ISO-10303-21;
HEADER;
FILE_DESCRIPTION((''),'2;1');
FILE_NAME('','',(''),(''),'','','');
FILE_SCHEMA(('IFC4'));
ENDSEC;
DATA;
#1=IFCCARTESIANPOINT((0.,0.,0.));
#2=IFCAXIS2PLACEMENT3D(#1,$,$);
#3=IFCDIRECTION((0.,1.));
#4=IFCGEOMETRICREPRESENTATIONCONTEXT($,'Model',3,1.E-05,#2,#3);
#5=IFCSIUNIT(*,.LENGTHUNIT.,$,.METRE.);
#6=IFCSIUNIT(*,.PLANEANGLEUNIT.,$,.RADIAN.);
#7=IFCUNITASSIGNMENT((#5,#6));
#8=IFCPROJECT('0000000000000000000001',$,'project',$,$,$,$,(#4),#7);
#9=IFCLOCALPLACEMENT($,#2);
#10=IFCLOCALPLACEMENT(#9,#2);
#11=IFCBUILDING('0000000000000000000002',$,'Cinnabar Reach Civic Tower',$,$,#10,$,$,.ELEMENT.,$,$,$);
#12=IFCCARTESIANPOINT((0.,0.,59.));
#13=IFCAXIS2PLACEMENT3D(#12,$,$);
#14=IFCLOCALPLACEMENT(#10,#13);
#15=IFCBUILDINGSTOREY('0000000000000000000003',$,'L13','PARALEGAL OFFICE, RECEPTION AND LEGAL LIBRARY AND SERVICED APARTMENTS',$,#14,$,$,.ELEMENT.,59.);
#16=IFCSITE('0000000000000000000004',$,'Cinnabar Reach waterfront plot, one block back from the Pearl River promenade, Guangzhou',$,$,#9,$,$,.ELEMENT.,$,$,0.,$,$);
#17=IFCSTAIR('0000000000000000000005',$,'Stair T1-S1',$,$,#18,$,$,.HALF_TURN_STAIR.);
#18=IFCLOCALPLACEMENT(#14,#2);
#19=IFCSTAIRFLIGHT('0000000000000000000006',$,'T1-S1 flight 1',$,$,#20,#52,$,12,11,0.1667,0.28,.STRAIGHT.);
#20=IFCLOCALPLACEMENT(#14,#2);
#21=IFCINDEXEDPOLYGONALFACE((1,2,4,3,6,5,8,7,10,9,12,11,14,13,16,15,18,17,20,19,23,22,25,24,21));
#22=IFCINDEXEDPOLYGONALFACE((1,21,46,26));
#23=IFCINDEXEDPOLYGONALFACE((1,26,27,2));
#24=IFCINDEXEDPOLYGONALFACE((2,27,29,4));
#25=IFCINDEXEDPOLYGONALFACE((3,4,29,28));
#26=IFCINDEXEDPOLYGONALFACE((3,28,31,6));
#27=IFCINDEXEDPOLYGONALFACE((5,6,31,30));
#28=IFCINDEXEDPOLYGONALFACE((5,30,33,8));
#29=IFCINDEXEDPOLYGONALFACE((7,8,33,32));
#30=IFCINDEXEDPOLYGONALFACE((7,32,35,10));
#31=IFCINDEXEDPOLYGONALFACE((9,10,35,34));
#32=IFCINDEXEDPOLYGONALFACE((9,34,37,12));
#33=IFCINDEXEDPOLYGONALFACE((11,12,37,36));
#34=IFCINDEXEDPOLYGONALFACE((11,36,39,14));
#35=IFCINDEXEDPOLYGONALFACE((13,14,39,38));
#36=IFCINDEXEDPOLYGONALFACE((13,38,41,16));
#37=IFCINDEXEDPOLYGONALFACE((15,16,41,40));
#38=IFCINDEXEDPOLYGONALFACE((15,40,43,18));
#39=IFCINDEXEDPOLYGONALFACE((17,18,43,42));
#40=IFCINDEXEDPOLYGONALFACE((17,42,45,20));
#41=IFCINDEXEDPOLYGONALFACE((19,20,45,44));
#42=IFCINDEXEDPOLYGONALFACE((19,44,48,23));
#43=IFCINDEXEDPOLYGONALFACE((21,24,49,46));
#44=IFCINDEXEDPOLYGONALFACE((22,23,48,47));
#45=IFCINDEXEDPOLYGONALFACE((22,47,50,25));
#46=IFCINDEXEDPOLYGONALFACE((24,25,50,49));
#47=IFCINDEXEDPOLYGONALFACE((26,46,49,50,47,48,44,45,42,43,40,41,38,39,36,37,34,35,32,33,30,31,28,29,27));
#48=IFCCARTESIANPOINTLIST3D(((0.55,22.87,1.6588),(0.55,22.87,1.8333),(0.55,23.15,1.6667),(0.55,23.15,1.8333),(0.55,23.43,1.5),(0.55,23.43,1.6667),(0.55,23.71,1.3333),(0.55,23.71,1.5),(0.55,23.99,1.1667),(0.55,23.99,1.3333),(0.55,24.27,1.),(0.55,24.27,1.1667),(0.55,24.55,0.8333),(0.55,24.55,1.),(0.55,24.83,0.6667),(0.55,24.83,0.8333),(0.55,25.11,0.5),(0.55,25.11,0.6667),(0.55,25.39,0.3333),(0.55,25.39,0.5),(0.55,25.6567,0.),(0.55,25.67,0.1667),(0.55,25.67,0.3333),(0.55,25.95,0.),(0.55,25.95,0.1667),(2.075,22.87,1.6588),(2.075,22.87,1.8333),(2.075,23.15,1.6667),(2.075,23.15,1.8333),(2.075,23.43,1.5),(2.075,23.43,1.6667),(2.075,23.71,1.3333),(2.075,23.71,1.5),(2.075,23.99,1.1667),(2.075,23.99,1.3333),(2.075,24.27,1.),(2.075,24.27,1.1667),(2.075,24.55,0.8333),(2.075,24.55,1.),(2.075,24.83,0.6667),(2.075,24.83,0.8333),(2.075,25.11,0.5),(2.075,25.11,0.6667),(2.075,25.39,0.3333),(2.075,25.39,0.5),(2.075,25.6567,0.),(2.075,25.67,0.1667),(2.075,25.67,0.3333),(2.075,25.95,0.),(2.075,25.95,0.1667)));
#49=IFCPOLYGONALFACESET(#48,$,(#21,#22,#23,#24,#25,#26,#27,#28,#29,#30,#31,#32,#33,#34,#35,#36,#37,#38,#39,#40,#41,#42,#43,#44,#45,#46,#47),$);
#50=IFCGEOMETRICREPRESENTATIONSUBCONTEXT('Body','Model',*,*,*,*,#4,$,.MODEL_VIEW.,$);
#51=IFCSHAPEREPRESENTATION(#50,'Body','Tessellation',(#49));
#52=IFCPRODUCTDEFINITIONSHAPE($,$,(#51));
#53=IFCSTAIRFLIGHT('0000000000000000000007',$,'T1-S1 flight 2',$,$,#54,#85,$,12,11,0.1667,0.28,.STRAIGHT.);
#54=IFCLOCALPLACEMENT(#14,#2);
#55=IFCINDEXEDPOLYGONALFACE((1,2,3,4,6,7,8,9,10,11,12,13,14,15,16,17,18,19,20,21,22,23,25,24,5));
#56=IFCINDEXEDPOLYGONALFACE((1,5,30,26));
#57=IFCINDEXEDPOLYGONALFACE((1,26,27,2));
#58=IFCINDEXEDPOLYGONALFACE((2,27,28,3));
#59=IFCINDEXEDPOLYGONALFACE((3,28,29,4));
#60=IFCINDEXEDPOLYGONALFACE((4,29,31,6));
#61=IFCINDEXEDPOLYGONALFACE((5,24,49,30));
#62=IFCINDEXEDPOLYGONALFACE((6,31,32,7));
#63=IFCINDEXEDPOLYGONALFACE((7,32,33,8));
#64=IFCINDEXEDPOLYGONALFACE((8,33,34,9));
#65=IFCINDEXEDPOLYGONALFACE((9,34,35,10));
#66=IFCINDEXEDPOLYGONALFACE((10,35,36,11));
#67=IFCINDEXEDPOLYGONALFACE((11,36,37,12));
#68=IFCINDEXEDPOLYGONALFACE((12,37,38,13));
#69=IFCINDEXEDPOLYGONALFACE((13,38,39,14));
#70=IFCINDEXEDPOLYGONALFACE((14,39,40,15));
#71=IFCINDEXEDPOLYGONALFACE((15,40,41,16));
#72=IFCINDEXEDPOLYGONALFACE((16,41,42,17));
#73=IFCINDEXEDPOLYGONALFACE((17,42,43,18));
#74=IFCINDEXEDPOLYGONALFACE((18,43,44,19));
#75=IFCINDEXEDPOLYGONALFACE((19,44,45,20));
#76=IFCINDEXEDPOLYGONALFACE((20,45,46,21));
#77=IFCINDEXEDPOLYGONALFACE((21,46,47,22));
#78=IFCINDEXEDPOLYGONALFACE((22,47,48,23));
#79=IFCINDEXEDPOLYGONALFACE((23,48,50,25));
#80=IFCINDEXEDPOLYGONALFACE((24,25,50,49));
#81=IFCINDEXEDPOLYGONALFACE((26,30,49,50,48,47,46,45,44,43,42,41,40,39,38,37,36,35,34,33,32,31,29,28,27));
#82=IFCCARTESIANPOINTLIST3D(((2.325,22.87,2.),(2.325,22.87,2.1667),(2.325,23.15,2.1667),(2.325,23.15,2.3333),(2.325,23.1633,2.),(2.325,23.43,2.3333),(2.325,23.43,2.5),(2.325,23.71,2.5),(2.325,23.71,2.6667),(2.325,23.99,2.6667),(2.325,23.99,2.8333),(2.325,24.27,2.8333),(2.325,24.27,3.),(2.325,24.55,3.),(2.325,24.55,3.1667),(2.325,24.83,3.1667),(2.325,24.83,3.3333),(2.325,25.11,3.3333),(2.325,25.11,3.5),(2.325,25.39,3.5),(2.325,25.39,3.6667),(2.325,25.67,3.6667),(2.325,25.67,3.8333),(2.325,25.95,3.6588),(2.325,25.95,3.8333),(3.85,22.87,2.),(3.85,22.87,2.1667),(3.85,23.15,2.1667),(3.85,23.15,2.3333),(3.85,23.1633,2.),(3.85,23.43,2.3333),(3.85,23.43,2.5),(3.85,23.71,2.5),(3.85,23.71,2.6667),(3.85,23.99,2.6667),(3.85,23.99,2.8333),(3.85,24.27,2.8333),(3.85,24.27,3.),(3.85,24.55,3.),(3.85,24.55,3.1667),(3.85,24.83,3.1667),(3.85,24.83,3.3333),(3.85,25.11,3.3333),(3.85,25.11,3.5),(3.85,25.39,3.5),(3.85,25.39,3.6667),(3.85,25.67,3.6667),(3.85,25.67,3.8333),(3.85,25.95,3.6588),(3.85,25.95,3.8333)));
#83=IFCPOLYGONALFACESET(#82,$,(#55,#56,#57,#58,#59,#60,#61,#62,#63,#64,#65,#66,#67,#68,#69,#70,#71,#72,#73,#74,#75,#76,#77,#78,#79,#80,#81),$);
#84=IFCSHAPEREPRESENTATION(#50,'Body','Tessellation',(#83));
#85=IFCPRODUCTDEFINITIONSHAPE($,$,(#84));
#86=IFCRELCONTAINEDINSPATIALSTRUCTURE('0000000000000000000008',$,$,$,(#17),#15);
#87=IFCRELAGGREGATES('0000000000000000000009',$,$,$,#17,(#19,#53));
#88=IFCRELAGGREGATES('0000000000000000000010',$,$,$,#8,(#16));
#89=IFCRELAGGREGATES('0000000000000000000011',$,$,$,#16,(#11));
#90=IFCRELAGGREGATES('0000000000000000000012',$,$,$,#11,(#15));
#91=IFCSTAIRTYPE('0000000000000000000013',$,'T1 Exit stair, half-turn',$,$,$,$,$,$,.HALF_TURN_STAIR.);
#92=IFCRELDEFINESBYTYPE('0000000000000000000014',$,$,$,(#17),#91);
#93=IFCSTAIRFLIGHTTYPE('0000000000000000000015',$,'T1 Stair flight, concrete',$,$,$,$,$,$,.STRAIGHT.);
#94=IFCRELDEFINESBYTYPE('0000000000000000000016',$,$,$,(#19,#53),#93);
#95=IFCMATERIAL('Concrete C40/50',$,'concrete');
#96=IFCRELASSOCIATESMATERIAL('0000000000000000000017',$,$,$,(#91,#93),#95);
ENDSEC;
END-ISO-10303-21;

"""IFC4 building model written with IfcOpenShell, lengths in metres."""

from ifc_helpers import new_model, si_unit, direction, frame, origin, place, context, subcontext, project, spatial, polyline, outline, extrude, material, type_object, element, aggregate, save


model = new_model("IFC4")

# Units and contexts
model_context = context("Model", 3, precision=1e-05, world=origin(), true_north=direction((0.0, 1.0)))
body_context = subcontext(model_context, "Body", "Model", "MODEL_VIEW")
ifc_project = project(units=[si_unit("LENGTHUNIT", "METRE"), si_unit("PLANEANGLEUNIT", "RADIAN")], contexts=[model_context])

# Site, building, storey
site_placement = place(None, origin())
site = spatial("IfcSite", under=ifc_project, at=site_placement, Name="Cinnabar Reach waterfront plot, one block back from the Pearl River promenade, Guangzhou", CompositionType="ELEMENT", RefElevation=0.0)
building_placement = place(site_placement, origin())
building = spatial("IfcBuilding", under=site, at=building_placement, Name="Cinnabar Reach Civic Tower", CompositionType="ELEMENT")
storey_placement = place(building_placement, frame((0.0, 0.0, 59.0)))
storey = spatial("IfcBuildingStorey", under=building, at=storey_placement, Name="L13", Description="PARALEGAL OFFICE, RECEPTION AND LEGAL LIBRARY AND SERVICED APARTMENTS", CompositionType="ELEMENT", Elevation=59.0)

# Stair, stair flights
ifc_material_1 = material(Name="Concrete C40/50", Category="concrete")
stair_type = type_object("IfcStairType", Name="T1 Exit stair, half-turn", PredefinedType="HALF_TURN_STAIR", material=ifc_material_1)
stair_placement = place(storey_placement, origin())
stair = element("IfcStair", 1, at=stair_placement, inside=storey, type_object=stair_type, Name="Stair T1-S1", PredefinedType="HALF_TURN_STAIR")
stair_flight_type = type_object("IfcStairFlightType", Name="T1 Stair flight, concrete", PredefinedType="STRAIGHT", material=ifc_material_1)
stair_flight_1_placement = place(storey_placement, frame((1.3125, 25.95, 0.0), z_axis=(0.0, 0.0, 1.0), x_axis=(0.0, -1.0, 0.0)))
stair_flight_1 = element("IfcStairFlight", 2, at=stair_flight_1_placement, type_object=stair_flight_type, Name="T1-S1 flight 1", NumberOfRisers=12, NumberOfTreads=11, PredefinedType="STRAIGHT", RiserHeight=0.1667, TreadLength=0.28, context=body_context, shape_type="SweptSolid", body=[
    extrude(outline(polyline([(0.0, 0.0), (0.0, 0.1667), (0.28, 0.1667), (0.28, 0.3333), (0.56, 0.3333), (0.56, 0.5), (0.84, 0.5), (0.84, 0.6667), (1.12, 0.6667), (1.12, 0.8333), (1.4, 0.8333), (1.4, 1.0), (1.68, 1.0), (1.68, 1.1667), (1.96, 1.1667), (1.96, 1.3333), (2.24, 1.3333), (2.24, 1.5), (2.52, 1.5), (2.52, 1.6667), (2.8, 1.6667), (2.8, 1.8333), (3.08, 1.8333), (3.08, 2.0), (3.08, 1.6588), (0.2933, 0.0), (0.0, 0.0)])), frame((0.0, 0.7625, 0.0), z_axis=(0.0, -1.0, 0.0), x_axis=(1.0, 0.0, 0.0)), (0.0, 0.0, 1.0), 1.525),
])
stair_flight_2_placement = place(storey_placement, frame((3.0875, 22.87, 2.0), z_axis=(0.0, 0.0, 1.0), x_axis=(0.0, 1.0, 0.0)))
stair_flight_2 = element("IfcStairFlight", 3, at=stair_flight_2_placement, type_object=stair_flight_type, Name="T1-S1 flight 2", NumberOfRisers=12, NumberOfTreads=11, PredefinedType="STRAIGHT", RiserHeight=0.1667, TreadLength=0.28, context=body_context, shape_type="SweptSolid", body=[
    extrude(outline(polyline([(0.0, 0.0), (0.0, 0.1667), (0.28, 0.1667), (0.28, 0.3333), (0.56, 0.3333), (0.56, 0.5), (0.84, 0.5), (0.84, 0.6667), (1.12, 0.6667), (1.12, 0.8333), (1.4, 0.8333), (1.4, 1.0), (1.68, 1.0), (1.68, 1.1667), (1.96, 1.1667), (1.96, 1.3333), (2.24, 1.3333), (2.24, 1.5), (2.52, 1.5), (2.52, 1.6667), (2.8, 1.6667), (2.8, 1.8333), (3.08, 1.8333), (3.08, 2.0), (3.08, 1.6588), (0.2933, 0.0), (0.0, 0.0)])), frame((0.0, 0.7625, 0.0), z_axis=(0.0, -1.0, 0.0), x_axis=(1.0, 0.0, 0.0)), (0.0, 0.0, 1.0), 1.525),
])
aggregate(stair, [stair_flight_1, stair_flight_2])

save(model, "model.ifc")
